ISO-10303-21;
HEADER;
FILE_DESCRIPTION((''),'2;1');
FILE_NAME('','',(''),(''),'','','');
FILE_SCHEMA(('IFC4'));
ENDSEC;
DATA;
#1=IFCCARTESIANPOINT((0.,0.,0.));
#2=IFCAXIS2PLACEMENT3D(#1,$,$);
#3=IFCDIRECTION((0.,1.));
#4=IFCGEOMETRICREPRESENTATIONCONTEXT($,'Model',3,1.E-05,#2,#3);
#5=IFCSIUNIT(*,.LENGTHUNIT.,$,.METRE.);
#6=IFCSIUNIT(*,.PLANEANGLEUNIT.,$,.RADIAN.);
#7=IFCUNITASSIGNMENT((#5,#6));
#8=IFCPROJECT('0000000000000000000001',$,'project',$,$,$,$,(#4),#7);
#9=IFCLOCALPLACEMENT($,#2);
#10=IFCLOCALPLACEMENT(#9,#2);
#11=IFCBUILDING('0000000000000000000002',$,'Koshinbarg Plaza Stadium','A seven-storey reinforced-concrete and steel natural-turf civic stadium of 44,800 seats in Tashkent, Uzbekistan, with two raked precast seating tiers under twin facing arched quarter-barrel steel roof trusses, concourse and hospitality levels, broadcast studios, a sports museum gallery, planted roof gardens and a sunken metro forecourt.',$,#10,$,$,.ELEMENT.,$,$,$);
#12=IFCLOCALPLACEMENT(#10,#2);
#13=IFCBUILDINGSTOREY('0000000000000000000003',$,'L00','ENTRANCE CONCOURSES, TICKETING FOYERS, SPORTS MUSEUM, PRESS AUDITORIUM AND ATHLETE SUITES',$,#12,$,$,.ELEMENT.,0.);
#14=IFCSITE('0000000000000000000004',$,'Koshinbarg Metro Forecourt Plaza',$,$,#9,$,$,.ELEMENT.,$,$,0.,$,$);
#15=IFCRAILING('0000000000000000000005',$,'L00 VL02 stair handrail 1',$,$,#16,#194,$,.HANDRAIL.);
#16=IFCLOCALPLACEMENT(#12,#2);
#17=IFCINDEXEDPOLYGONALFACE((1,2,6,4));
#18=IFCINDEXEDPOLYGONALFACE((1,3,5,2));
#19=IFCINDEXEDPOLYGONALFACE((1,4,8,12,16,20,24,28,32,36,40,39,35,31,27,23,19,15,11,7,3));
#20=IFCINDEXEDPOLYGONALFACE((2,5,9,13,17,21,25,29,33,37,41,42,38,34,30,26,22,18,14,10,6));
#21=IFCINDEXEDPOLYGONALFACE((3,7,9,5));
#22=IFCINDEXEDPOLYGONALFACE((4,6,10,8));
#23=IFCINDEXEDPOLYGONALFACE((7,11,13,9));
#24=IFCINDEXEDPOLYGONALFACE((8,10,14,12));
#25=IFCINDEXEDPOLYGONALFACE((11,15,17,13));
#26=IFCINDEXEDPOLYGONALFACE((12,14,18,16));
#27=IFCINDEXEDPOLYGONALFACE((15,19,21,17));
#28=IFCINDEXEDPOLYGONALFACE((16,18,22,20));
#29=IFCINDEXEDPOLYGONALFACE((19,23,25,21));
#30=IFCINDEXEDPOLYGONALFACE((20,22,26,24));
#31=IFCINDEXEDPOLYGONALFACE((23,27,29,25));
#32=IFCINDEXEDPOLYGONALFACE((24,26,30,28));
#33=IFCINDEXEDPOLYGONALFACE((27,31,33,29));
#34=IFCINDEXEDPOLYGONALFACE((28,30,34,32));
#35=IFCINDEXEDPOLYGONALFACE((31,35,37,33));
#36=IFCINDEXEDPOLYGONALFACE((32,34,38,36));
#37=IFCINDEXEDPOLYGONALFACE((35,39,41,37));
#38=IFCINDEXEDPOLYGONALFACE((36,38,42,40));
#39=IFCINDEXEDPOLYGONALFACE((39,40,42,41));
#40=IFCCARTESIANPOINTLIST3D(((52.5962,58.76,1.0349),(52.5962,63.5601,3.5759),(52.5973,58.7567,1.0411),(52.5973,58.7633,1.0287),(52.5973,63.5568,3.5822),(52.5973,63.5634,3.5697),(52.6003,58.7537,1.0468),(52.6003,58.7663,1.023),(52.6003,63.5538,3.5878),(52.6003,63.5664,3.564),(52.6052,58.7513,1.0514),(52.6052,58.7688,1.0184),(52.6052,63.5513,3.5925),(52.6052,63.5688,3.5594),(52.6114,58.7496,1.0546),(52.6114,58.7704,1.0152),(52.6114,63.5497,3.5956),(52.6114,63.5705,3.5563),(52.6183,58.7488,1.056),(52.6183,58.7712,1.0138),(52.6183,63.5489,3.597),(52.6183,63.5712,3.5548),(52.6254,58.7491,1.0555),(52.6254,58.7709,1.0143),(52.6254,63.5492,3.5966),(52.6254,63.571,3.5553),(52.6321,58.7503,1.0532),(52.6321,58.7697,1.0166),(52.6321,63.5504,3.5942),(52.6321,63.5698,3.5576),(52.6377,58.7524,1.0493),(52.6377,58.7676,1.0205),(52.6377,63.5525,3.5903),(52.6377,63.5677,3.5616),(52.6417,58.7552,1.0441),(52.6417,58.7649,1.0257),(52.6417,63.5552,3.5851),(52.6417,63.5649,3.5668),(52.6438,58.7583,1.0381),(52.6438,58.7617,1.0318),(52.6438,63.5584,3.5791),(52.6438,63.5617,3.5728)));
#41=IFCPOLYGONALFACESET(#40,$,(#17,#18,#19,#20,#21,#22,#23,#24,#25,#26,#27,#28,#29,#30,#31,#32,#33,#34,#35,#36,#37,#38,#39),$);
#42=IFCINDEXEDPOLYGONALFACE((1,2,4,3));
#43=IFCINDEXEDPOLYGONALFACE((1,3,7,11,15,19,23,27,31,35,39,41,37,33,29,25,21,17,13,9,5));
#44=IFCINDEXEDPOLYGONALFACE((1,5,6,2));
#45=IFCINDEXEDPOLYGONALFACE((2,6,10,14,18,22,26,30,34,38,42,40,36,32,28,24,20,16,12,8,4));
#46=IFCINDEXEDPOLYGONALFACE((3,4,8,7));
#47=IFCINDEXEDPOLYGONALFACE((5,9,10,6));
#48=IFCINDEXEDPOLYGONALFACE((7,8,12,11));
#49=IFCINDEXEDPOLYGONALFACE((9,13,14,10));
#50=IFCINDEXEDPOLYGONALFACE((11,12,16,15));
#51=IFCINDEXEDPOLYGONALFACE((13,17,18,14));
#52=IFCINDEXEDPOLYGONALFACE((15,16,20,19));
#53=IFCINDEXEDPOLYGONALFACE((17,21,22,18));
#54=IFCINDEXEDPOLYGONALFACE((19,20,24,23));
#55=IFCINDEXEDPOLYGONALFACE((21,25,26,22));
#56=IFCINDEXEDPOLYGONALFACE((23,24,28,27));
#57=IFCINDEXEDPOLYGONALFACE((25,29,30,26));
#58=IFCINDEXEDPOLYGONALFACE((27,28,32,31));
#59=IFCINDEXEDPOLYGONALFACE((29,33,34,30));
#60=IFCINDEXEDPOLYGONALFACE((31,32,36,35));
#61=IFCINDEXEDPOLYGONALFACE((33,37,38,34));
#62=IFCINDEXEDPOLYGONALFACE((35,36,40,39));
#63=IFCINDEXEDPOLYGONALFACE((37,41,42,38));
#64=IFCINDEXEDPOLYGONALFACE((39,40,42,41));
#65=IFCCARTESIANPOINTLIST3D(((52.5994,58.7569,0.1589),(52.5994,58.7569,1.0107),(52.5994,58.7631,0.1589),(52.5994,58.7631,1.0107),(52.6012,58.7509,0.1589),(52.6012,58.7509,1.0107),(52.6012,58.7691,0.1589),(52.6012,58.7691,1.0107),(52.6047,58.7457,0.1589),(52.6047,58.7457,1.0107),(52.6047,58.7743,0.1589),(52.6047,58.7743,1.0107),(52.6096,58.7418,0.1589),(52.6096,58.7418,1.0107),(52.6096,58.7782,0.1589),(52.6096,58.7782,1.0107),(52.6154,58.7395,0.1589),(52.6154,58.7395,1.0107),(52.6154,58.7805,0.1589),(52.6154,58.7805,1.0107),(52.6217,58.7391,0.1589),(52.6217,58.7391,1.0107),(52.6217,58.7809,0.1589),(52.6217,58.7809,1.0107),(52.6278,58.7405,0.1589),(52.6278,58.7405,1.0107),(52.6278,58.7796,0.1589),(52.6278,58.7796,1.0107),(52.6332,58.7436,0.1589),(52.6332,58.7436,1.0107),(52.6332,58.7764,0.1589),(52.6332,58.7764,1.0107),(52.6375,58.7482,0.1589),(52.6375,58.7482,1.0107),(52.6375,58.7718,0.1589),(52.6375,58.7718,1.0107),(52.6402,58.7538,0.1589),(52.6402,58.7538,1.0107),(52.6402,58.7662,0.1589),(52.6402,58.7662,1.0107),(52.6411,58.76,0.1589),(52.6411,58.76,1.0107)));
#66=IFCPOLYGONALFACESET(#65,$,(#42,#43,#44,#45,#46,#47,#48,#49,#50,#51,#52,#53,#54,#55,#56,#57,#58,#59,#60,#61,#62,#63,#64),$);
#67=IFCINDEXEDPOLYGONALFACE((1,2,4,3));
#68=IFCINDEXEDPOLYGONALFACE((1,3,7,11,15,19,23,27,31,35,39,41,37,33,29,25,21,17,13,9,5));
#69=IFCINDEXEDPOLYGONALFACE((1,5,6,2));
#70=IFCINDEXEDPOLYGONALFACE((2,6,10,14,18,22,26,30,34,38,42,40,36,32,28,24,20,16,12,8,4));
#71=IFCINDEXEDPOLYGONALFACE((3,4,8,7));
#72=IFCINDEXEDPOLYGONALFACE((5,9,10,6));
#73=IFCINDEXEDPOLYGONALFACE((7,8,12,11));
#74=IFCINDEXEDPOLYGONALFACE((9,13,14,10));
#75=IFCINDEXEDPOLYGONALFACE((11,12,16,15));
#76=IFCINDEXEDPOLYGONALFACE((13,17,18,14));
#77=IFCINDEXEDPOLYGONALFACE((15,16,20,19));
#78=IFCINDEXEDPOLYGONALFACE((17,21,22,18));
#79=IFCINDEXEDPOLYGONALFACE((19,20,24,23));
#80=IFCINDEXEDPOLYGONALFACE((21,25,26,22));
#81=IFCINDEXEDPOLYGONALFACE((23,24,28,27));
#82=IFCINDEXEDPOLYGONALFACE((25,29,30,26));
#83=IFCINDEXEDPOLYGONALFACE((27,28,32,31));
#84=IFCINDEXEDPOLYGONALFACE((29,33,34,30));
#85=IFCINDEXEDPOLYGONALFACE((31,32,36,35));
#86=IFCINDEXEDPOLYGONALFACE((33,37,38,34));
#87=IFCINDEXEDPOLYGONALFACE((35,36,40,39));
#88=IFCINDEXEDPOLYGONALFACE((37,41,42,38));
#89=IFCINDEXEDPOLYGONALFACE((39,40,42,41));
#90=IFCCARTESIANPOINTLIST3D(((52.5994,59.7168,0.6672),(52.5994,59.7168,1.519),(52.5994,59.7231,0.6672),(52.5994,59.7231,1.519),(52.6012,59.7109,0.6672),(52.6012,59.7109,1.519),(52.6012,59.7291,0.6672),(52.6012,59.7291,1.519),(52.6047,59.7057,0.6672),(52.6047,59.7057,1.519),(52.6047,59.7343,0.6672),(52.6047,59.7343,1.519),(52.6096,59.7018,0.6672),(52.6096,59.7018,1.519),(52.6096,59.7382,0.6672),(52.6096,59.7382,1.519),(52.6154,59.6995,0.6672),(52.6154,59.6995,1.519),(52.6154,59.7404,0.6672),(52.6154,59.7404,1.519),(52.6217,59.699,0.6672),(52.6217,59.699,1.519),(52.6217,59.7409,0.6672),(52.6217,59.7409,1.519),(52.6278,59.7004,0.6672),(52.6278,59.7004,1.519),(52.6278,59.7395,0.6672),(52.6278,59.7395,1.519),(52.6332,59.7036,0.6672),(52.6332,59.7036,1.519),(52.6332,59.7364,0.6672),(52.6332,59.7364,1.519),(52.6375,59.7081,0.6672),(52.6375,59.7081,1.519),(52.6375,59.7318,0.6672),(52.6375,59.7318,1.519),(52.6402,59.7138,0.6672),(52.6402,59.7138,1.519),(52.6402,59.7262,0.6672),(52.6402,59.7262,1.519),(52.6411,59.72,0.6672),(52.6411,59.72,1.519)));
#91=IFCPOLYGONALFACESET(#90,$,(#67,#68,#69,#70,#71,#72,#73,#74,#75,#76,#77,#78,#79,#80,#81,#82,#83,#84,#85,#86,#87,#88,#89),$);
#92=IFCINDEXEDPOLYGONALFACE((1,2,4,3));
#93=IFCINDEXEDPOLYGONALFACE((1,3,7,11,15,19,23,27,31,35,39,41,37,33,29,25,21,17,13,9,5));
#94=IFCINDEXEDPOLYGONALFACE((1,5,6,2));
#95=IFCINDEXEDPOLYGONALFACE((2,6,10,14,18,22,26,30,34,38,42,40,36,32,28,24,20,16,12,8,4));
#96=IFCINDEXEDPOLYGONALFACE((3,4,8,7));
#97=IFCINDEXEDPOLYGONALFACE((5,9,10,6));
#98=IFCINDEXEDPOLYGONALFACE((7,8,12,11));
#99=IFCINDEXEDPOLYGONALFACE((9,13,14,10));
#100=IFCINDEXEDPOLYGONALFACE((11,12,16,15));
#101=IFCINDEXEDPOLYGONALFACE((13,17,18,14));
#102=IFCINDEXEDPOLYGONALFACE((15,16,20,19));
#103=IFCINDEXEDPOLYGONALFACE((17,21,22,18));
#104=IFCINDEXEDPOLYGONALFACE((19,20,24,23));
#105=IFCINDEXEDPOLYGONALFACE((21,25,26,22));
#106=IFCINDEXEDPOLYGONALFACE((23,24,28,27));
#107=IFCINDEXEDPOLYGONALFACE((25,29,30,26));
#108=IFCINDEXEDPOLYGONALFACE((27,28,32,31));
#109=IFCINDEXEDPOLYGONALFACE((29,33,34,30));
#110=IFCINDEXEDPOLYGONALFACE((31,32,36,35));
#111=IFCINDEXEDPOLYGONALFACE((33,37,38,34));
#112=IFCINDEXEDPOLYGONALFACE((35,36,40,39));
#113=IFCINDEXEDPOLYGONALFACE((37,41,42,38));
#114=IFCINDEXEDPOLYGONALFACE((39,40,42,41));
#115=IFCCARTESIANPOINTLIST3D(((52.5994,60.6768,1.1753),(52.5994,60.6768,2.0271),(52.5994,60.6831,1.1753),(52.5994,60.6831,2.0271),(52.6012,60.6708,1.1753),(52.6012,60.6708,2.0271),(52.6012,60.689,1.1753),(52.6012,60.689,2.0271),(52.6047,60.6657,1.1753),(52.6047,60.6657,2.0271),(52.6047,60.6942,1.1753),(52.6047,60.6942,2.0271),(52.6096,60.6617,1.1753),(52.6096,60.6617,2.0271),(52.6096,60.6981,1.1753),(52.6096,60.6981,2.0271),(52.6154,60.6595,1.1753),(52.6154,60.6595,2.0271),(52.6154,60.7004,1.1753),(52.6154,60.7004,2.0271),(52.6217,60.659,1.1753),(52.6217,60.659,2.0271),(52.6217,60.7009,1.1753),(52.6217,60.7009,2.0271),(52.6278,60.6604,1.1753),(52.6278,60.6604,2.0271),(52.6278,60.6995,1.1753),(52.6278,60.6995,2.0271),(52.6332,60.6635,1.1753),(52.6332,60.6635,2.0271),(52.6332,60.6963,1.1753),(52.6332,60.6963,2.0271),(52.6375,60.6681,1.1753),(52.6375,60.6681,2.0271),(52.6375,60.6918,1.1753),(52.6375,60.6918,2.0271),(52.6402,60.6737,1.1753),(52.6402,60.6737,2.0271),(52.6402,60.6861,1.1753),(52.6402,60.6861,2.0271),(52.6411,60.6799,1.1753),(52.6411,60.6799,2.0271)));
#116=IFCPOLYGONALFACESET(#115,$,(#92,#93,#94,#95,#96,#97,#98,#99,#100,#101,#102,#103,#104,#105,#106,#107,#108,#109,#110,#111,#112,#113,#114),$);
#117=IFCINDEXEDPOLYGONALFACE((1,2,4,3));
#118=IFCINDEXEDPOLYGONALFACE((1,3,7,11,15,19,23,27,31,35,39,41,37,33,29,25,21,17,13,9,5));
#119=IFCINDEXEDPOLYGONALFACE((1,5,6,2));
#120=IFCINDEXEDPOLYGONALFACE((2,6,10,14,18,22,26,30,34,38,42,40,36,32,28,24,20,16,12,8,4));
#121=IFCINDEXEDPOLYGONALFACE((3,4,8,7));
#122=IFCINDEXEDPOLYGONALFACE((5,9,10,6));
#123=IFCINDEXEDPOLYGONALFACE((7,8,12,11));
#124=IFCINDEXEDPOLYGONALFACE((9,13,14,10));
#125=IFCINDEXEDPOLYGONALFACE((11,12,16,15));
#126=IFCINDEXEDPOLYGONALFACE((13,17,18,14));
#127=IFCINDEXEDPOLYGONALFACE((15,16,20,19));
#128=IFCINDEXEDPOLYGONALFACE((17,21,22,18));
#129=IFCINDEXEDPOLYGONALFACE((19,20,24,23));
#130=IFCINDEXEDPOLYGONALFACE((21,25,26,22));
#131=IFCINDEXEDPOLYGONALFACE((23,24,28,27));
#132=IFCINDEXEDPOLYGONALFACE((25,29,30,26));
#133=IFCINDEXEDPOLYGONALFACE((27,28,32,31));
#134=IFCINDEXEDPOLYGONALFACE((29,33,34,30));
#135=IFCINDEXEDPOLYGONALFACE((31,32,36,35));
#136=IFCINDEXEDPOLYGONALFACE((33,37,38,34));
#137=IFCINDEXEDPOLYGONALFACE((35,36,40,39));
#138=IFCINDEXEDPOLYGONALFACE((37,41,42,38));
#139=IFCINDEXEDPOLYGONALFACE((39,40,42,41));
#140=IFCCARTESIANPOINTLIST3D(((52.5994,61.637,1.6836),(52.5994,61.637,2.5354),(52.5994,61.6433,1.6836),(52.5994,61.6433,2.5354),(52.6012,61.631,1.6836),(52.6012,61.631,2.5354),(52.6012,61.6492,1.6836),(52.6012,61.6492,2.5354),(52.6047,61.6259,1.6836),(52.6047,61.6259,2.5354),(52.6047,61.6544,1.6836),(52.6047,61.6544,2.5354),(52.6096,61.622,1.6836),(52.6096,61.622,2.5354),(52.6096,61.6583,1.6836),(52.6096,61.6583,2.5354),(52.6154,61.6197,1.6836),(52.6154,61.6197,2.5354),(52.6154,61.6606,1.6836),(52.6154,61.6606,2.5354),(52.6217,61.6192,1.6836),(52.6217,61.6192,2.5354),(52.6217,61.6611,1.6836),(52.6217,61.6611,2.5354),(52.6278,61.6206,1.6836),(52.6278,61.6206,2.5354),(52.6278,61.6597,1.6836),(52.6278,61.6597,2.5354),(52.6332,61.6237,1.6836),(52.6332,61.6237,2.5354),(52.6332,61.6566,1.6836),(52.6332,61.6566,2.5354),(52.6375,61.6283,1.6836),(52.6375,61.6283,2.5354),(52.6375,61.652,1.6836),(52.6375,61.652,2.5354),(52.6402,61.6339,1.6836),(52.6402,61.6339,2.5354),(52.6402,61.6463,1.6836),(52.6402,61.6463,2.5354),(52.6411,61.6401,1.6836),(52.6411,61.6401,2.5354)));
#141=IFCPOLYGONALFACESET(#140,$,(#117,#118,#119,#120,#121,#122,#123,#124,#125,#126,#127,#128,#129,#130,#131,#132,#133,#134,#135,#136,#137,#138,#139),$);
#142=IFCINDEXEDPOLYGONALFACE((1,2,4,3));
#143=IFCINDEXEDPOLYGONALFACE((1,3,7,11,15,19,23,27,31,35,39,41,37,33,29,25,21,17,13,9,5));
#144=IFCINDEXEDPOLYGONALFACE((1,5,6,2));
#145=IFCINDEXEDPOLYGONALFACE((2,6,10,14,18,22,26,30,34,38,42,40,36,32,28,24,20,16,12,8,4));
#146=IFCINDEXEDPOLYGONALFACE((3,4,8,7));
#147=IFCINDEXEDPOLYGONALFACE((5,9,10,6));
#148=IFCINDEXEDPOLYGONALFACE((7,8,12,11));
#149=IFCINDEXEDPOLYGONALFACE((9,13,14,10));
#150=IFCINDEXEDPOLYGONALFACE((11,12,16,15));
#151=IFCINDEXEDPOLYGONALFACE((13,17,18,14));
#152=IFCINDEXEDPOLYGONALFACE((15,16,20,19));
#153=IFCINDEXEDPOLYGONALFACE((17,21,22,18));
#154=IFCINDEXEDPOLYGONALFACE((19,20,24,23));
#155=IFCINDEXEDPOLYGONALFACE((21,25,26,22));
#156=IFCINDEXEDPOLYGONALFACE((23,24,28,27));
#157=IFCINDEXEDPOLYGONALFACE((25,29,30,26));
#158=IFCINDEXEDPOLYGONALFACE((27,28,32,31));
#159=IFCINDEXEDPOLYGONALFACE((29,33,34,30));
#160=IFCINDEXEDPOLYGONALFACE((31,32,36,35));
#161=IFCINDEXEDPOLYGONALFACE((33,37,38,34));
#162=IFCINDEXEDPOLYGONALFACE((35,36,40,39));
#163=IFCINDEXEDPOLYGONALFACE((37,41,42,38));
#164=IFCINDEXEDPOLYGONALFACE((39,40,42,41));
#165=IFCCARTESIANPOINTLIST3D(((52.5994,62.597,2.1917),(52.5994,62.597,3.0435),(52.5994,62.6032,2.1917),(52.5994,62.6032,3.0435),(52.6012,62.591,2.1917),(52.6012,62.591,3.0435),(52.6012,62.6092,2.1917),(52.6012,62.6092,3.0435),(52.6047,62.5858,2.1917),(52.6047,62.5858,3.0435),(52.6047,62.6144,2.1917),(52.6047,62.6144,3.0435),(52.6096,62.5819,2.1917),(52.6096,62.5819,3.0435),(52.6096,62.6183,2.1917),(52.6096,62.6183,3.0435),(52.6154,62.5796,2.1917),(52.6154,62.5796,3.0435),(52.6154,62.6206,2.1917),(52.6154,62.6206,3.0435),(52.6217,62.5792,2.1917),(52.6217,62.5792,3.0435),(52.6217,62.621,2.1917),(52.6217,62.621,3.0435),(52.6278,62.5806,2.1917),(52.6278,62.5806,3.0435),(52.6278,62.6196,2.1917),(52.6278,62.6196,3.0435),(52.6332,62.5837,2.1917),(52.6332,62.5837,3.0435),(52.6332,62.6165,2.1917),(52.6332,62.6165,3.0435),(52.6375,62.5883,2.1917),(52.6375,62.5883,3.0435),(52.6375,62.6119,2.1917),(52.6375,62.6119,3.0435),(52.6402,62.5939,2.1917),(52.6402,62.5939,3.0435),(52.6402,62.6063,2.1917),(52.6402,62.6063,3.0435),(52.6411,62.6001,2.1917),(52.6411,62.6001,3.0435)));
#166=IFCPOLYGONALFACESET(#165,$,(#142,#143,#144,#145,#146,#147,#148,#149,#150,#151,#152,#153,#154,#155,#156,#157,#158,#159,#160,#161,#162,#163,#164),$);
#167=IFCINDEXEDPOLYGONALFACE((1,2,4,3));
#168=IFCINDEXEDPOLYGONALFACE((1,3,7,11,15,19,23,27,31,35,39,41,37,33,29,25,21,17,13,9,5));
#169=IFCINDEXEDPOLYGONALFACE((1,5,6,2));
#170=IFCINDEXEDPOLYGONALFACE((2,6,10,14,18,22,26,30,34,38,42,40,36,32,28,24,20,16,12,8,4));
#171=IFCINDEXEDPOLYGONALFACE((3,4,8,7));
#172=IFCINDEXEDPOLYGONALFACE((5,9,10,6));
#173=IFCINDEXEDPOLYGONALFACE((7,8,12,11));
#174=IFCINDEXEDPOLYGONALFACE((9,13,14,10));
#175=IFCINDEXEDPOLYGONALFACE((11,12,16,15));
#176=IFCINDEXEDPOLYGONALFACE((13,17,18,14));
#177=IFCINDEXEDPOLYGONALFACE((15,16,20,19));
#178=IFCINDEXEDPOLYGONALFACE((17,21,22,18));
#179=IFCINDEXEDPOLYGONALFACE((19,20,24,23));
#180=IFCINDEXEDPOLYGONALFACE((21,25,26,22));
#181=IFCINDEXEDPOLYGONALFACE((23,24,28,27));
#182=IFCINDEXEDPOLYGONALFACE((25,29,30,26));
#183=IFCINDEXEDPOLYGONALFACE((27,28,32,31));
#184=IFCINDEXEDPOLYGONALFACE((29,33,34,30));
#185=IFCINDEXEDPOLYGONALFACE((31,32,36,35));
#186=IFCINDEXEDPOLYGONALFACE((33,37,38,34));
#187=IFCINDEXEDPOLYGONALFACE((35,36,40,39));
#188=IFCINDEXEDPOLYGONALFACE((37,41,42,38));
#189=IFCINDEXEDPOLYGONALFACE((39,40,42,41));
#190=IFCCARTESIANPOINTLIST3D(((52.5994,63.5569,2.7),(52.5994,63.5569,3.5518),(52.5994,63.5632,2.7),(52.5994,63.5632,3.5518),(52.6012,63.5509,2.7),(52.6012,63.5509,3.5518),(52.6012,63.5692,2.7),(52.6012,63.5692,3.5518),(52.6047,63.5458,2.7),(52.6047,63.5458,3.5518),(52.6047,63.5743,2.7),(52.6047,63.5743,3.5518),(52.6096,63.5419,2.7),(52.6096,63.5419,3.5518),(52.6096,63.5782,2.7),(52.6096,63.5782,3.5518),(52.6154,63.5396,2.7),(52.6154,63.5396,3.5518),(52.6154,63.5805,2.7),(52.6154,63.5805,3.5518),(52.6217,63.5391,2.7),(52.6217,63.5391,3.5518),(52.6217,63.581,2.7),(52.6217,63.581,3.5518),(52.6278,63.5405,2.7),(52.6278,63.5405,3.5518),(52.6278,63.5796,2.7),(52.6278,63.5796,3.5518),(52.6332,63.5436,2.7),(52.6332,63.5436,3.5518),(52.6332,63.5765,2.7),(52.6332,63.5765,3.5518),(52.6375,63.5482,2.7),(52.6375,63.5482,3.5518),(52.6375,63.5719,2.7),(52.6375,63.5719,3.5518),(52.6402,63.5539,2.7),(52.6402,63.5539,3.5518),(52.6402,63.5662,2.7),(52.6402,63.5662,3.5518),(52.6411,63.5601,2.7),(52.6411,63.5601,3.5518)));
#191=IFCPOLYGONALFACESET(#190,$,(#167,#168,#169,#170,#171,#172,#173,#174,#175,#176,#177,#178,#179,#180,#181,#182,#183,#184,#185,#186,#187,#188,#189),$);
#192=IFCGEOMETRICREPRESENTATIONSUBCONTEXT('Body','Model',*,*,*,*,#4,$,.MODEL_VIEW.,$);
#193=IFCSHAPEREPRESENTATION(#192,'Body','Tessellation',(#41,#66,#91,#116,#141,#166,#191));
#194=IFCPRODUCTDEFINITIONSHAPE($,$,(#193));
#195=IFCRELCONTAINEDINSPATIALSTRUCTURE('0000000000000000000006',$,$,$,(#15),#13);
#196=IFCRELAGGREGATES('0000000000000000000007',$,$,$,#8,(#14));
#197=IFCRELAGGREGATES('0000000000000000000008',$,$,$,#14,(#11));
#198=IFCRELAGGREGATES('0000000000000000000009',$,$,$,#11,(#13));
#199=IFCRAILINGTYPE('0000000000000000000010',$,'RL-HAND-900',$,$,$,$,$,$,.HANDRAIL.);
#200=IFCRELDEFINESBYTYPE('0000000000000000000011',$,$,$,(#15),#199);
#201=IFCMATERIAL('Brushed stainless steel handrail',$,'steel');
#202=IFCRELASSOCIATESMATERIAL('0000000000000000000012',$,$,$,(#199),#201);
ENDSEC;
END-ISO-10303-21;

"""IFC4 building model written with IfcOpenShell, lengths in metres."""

from ifc_helpers import new_model, si_unit, direction, frame, origin, origin_2d, place, context, subcontext, project, spatial, circle, extrude, material, type_object, element, save


model = new_model("IFC4")

# Units and contexts
model_context = context("Model", 3, precision=1e-05, world=origin(), true_north=direction((0.0, 1.0)))
body_context = subcontext(model_context, "Body", "Model", "MODEL_VIEW")
ifc_project = project(units=[si_unit("LENGTHUNIT", "METRE"), si_unit("PLANEANGLEUNIT", "RADIAN")], contexts=[model_context])

# Site, building, storey
site_placement = place(None, origin())
site = spatial("IfcSite", under=ifc_project, at=site_placement, Name="Koshinbarg Metro Forecourt Plaza", CompositionType="ELEMENT", RefElevation=0.0)
building_placement = place(site_placement, origin())
building = spatial("IfcBuilding", under=site, at=building_placement, Name="Koshinbarg Plaza Stadium", Description="A seven-storey reinforced-concrete and steel natural-turf civic stadium of 44,800 seats in Tashkent, Uzbekistan, with two raked precast seating tiers under twin facing arched quarter-barrel steel roof trusses, concourse and hospitality levels, broadcast studios, a sports museum gallery, planted roof gardens and a sunken metro forecourt.", CompositionType="ELEMENT")
storey_placement = place(building_placement, origin())
storey = spatial("IfcBuildingStorey", under=building, at=storey_placement, Name="L00", Description="ENTRANCE CONCOURSES, TICKETING FOYERS, SPORTS MUSEUM, PRESS AUDITORIUM AND ATHLETE SUITES", CompositionType="ELEMENT", Elevation=0.0)

# Railing
ifc_material_1 = material(Name="Brushed stainless steel handrail", Category="steel")
railing_type_1 = type_object("IfcRailingType", Name="RL-HAND-900", PredefinedType="HANDRAIL", material=ifc_material_1)
railing_1_placement = place(storey_placement, frame((52.6201, 58.76, 0.1589)))
element("IfcRailing", 1, at=railing_1_placement, inside=storey, type_object=railing_type_1, Name="L00 VL02 stair handrail 1", PredefinedType="HANDRAIL", context=body_context, shape_type="SweptSolid", body=[
    extrude(circle(Radius=0.0239, at=origin_2d()), frame((0.0, 0.0, 0.876), z_axis=(0.0, 0.883802, 0.467861), x_axis=(-1.0, 0.0, 0.0)), (0.0, 0.0, 1.0), 5.4312),
    extrude(circle(Radius=0.021, at=origin_2d()), origin(), (0.0, 0.0, 1.0), 0.8518),
    extrude(circle(Radius=0.021, at=origin_2d()), frame((0.0, 0.96, 0.5083)), (0.0, 0.0, 1.0), 0.8518),
    extrude(circle(Radius=0.021, at=origin_2d()), frame((0.0, 1.9199, 1.0164)), (0.0, 0.0, 1.0), 0.8518),
    extrude(circle(Radius=0.021, at=origin_2d()), frame((0.0, 2.8801, 1.5247)), (0.0, 0.0, 1.0), 0.8518),
    extrude(circle(Radius=0.021, at=origin_2d()), frame((0.0, 3.8401, 2.0327)), (0.0, 0.0, 1.0), 0.8518),
    extrude(circle(Radius=0.021, at=origin_2d()), frame((0.0, 4.8, 2.541)), (0.0, 0.0, 1.0), 0.8518),
])

save(model, "model.ifc")
